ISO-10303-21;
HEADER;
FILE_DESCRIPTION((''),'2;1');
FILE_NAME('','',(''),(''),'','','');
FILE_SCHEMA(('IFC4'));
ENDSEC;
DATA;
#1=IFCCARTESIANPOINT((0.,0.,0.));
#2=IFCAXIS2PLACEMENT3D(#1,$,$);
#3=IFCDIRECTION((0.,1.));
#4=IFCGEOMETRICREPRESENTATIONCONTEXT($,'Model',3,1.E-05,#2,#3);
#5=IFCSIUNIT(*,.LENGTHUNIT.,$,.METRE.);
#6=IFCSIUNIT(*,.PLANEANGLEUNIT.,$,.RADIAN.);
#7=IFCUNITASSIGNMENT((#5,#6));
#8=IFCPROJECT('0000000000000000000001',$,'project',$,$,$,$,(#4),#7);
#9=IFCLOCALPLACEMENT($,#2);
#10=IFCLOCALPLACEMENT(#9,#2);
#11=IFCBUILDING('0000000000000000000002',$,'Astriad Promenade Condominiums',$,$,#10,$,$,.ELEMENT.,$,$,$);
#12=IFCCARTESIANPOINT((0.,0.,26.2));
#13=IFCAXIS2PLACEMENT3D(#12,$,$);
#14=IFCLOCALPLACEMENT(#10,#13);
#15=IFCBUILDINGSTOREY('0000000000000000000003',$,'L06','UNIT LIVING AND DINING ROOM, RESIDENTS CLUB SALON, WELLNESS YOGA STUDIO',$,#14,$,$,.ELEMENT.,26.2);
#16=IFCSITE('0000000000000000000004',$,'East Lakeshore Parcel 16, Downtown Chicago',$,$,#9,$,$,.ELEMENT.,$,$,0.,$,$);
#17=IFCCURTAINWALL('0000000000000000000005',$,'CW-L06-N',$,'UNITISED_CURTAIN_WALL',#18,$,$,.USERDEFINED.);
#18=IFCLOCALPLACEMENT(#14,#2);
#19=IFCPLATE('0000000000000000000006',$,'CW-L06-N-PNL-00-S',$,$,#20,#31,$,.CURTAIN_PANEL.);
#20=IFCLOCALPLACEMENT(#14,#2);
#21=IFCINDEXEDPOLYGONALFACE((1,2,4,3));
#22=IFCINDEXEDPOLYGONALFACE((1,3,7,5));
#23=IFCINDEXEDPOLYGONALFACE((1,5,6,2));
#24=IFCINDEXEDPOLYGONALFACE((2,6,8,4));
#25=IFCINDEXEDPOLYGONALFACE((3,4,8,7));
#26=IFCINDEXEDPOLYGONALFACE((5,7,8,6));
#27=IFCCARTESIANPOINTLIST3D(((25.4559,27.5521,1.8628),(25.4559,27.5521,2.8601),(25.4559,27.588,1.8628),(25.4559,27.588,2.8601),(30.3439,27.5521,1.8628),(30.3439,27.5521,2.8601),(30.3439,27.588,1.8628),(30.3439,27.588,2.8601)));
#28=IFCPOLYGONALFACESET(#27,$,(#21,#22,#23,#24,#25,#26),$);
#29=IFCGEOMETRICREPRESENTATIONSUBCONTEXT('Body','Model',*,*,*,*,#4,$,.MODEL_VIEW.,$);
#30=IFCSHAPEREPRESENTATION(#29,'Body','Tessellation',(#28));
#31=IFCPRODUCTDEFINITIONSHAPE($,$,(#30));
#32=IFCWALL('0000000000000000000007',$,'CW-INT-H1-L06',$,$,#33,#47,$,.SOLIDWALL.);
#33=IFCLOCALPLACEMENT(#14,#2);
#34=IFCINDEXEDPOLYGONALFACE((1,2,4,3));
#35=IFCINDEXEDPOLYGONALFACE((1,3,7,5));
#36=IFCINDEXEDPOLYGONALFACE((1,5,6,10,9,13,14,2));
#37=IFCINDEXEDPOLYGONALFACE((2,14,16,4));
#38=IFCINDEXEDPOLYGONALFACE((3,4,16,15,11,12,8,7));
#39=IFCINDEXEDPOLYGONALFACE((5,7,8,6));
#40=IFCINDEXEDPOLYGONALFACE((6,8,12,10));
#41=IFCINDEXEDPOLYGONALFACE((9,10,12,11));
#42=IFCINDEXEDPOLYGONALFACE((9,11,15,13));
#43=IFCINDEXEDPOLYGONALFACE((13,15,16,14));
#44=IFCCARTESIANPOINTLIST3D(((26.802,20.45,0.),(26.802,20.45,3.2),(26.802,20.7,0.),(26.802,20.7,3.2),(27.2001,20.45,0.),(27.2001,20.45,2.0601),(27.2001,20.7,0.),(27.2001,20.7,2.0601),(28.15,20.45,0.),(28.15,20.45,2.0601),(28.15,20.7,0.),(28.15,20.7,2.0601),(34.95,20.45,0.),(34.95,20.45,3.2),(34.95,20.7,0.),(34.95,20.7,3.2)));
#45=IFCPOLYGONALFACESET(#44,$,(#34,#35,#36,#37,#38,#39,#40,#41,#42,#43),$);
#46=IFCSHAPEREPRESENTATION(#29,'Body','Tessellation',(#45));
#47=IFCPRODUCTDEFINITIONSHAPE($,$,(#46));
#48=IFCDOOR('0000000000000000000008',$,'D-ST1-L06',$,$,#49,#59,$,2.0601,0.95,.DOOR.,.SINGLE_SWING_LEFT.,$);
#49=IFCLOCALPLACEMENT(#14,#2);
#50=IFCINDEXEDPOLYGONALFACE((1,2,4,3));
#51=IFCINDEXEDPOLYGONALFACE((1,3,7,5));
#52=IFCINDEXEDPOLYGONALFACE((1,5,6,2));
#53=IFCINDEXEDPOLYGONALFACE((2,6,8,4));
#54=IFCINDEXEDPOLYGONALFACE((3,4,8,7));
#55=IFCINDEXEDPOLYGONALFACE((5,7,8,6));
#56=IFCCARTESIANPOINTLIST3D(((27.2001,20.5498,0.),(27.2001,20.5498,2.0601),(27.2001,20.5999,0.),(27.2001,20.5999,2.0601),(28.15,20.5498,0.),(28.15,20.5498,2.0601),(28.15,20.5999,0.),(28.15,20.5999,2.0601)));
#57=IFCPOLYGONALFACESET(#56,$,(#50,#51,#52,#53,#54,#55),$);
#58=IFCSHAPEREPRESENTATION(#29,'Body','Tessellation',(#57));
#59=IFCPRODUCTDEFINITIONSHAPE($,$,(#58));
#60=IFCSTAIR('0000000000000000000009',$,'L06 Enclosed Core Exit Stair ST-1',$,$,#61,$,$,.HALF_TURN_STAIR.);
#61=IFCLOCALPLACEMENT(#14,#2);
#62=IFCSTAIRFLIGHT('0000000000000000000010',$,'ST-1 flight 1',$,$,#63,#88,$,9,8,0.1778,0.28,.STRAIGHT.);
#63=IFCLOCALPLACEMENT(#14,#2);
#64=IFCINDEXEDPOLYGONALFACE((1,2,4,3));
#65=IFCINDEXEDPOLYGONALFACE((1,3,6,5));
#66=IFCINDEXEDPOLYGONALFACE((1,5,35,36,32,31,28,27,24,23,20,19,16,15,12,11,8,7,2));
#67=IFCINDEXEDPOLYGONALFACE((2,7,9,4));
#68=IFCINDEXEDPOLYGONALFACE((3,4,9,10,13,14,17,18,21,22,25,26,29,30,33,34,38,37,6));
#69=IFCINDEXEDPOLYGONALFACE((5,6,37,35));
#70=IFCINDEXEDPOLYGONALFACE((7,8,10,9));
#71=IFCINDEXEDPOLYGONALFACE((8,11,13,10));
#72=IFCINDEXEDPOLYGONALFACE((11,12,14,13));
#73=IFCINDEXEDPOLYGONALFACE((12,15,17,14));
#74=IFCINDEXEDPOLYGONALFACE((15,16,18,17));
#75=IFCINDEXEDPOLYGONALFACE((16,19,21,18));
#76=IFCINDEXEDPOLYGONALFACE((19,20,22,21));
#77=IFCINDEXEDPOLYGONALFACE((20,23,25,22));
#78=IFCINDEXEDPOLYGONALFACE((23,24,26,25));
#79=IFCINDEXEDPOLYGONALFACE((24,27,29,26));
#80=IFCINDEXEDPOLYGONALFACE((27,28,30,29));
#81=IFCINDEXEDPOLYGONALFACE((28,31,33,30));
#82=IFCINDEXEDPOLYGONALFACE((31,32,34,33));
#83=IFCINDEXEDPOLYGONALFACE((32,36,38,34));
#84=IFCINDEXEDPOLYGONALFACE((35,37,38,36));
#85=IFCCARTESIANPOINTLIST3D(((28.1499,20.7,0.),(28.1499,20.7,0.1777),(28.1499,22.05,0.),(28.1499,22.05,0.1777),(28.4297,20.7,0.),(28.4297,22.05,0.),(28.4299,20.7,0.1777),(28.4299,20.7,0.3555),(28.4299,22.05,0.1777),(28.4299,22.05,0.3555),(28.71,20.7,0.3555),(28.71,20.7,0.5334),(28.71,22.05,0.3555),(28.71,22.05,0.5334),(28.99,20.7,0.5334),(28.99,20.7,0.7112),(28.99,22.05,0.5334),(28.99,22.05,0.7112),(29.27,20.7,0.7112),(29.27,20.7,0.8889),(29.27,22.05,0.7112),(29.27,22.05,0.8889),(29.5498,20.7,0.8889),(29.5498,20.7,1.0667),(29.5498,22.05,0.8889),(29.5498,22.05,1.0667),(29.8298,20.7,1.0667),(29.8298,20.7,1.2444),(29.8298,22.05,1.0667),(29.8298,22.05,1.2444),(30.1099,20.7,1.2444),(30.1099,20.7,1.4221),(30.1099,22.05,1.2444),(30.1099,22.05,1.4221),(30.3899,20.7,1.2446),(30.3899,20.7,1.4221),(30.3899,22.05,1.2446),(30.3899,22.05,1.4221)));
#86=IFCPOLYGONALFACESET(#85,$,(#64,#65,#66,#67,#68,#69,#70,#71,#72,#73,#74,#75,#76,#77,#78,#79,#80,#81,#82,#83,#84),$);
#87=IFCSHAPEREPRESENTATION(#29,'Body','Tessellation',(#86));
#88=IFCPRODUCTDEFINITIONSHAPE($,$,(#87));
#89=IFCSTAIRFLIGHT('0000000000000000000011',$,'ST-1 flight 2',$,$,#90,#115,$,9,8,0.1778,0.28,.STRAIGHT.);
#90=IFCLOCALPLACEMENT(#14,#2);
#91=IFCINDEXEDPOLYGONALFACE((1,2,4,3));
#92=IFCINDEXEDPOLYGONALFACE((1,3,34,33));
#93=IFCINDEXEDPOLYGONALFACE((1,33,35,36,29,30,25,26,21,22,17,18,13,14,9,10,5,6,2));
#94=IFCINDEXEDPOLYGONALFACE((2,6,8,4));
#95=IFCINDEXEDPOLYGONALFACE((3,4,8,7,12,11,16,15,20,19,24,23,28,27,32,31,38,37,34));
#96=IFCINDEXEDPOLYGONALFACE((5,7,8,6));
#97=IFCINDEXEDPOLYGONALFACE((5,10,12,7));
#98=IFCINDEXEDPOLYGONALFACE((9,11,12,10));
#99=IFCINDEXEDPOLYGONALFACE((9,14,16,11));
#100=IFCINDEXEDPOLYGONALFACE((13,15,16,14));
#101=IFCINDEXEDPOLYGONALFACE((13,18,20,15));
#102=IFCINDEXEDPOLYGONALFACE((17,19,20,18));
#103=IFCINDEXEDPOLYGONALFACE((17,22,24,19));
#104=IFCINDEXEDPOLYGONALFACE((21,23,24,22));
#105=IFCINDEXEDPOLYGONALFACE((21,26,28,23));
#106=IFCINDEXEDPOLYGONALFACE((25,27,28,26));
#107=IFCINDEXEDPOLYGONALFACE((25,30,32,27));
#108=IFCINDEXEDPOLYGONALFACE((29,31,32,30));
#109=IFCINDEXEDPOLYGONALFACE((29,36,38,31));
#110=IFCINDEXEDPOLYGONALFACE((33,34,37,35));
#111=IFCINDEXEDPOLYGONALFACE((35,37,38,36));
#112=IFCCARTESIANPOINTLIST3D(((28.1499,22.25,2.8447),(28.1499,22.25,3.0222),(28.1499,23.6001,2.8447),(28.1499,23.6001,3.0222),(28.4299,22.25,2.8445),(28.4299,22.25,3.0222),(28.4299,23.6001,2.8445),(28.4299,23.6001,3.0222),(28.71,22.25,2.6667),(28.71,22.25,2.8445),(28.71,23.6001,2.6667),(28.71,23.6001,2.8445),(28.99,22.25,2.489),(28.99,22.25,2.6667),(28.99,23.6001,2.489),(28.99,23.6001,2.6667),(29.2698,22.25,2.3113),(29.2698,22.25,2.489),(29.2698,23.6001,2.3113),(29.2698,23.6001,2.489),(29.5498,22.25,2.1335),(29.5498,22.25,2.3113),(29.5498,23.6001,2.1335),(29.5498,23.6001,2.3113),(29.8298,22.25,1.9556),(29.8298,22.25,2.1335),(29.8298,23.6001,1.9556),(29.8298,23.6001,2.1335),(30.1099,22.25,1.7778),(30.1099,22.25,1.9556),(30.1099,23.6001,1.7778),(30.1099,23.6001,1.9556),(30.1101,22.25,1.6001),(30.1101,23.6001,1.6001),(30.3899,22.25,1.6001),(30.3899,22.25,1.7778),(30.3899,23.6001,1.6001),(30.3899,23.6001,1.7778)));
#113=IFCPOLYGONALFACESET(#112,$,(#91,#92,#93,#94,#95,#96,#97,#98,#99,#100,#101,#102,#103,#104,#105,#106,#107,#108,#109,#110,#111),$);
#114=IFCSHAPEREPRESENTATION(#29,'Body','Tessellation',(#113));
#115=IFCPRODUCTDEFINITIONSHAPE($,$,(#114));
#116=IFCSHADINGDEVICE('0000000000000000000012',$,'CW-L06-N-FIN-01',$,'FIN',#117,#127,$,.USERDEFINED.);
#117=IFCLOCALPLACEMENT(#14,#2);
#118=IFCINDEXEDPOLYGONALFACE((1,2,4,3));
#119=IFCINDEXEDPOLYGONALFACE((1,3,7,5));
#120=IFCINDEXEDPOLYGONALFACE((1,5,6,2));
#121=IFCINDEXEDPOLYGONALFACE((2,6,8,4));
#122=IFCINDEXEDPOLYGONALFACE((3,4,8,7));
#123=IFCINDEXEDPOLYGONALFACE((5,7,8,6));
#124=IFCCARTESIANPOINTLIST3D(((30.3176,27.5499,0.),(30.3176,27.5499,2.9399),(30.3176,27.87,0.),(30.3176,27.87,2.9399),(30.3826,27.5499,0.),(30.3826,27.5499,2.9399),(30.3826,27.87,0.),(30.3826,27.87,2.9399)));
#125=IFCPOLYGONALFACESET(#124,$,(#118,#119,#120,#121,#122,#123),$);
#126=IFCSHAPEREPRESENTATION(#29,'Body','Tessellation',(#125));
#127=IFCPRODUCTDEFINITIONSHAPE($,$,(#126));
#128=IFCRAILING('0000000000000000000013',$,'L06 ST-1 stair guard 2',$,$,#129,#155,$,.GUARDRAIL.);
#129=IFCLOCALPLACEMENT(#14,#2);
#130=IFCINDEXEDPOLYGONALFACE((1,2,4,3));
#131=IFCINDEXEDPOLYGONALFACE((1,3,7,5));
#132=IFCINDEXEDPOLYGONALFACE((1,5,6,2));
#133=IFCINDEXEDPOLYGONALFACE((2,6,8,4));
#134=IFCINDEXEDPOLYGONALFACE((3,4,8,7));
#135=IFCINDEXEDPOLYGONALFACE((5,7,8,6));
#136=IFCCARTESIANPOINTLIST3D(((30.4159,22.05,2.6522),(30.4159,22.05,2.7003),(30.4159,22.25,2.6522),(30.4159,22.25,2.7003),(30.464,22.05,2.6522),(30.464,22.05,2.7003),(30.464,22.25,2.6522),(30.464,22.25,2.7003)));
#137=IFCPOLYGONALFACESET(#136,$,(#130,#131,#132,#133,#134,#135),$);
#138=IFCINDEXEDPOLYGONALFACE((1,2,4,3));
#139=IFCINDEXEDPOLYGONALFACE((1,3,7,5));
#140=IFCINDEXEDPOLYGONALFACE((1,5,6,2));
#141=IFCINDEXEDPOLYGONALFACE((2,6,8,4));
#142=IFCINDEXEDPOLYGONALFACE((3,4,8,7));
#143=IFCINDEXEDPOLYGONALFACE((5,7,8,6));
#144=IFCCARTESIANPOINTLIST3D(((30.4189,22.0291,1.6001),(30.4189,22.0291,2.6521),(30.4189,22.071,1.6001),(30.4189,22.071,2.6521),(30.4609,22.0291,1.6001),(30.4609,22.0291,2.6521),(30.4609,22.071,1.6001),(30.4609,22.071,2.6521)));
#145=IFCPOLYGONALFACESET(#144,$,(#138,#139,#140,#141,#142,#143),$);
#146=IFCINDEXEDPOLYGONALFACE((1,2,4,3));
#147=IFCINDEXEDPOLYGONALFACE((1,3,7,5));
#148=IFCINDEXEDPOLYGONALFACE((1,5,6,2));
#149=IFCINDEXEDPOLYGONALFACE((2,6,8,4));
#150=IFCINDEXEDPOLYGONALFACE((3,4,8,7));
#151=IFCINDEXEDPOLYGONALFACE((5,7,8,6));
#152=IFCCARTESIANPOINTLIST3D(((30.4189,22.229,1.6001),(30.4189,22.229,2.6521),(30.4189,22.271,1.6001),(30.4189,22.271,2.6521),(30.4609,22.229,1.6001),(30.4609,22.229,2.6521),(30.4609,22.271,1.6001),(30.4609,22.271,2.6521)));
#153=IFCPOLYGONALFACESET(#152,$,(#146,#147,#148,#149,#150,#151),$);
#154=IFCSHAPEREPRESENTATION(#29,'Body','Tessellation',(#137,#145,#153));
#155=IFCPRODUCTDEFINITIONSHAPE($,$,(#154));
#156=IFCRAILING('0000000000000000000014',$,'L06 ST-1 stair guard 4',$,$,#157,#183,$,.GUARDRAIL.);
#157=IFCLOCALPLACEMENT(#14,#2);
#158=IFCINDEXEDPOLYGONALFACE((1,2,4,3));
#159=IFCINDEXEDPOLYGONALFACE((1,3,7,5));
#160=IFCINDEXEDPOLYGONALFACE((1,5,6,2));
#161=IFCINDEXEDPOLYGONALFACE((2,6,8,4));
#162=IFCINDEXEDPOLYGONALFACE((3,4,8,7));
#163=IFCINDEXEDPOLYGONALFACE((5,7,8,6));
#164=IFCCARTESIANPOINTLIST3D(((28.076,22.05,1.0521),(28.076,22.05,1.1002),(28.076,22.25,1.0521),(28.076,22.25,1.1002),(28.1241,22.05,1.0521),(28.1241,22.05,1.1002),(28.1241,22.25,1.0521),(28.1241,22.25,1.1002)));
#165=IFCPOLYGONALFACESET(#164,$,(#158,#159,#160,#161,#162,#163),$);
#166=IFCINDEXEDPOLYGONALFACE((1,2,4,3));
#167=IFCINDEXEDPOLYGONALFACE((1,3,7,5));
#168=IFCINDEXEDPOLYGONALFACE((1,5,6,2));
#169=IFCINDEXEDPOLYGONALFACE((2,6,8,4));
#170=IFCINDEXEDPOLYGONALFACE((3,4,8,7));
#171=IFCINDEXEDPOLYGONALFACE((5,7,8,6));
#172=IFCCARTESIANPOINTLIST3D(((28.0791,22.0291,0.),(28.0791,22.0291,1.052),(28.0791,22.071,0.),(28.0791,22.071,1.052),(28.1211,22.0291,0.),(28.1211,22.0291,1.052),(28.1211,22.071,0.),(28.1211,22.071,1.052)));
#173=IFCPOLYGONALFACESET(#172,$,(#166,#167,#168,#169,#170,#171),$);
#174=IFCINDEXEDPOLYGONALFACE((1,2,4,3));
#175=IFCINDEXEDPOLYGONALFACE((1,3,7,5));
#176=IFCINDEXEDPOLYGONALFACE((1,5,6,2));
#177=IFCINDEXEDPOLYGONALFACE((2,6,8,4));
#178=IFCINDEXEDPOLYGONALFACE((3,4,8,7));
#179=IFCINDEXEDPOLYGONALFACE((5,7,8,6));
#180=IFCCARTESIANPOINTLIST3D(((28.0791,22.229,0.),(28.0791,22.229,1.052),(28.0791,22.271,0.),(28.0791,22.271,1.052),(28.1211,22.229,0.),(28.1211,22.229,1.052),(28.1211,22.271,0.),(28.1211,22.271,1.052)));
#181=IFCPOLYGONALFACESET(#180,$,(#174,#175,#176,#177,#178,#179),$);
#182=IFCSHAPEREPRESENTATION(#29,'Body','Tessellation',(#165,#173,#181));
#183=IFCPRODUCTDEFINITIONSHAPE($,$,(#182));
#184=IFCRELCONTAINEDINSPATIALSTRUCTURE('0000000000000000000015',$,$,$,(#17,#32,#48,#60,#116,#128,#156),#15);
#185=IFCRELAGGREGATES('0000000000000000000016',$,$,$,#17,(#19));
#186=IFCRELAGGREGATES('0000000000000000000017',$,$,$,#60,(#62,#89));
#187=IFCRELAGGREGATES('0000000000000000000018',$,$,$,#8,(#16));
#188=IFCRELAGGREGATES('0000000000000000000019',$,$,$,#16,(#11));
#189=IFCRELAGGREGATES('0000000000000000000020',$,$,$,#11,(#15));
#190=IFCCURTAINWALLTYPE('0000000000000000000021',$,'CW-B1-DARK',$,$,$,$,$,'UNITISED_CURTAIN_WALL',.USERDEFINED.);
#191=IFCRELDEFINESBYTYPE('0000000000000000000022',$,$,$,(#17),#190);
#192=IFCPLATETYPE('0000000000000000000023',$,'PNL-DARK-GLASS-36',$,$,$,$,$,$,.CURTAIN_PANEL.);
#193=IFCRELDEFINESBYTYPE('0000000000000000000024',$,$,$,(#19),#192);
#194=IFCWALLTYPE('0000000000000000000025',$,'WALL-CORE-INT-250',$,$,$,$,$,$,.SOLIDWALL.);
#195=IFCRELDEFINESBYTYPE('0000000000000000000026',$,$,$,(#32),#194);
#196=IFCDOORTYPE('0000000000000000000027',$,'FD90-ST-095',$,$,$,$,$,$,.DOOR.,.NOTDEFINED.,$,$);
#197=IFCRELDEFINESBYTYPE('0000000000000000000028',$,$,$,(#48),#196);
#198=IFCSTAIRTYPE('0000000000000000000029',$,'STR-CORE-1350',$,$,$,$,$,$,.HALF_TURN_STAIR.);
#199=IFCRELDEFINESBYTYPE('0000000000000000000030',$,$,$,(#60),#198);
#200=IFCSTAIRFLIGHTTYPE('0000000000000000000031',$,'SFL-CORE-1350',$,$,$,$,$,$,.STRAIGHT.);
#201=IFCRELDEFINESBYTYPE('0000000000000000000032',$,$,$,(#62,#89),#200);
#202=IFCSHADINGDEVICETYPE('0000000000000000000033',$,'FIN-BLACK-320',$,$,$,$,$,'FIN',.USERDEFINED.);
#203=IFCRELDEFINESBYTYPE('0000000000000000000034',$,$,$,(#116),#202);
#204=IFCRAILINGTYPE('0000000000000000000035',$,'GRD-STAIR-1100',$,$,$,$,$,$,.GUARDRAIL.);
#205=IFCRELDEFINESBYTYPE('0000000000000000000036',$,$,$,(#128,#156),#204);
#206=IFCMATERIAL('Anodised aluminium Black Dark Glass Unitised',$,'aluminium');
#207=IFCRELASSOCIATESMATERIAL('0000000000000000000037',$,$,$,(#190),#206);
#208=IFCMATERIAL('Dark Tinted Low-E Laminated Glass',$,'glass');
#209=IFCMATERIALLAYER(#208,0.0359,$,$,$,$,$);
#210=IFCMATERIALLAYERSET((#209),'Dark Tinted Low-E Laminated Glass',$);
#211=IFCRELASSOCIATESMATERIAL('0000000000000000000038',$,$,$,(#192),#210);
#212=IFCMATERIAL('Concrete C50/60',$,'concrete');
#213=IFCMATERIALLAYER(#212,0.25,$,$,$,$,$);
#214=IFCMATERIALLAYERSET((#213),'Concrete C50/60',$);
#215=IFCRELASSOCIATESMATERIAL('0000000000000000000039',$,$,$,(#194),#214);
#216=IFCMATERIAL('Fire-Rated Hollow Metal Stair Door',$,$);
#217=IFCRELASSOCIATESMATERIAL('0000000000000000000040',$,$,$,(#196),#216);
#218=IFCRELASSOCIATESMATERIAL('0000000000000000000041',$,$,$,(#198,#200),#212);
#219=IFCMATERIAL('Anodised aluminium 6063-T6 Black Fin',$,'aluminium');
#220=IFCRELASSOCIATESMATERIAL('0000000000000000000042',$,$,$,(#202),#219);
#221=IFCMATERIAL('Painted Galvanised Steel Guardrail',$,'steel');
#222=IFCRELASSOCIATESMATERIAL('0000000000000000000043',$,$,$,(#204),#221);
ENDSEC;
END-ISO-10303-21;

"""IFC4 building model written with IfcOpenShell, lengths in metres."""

from ifc_helpers import new_model, si_unit, direction, frame, frame_2d, origin, origin_2d, place, context, subcontext, project, spatial, polyline, rectangle, outline, extrude, source, transform, mapped, material, layer, layer_set, type_object, type_shapes, element, fill, aggregate, save


model = new_model("IFC4")

# Units and contexts
model_context = context("Model", 3, precision=1e-05, world=origin(), true_north=direction((0.0, 1.0)))
body_context = subcontext(model_context, "Body", "Model", "MODEL_VIEW")
ifc_project = project(units=[si_unit("LENGTHUNIT", "METRE"), si_unit("PLANEANGLEUNIT", "RADIAN")], contexts=[model_context])

# Site, building, storey
site_placement = place(None, origin())
site = spatial("IfcSite", under=ifc_project, at=site_placement, Name="East Lakeshore Parcel 16, Downtown Chicago", CompositionType="ELEMENT", RefElevation=0.0)
building_placement = place(site_placement, origin())
building = spatial("IfcBuilding", under=site, at=building_placement, Name="Astriad Promenade Condominiums", CompositionType="ELEMENT")
storey_placement = place(building_placement, frame((0.0, 0.0, 26.2)))
storey = spatial("IfcBuildingStorey", under=building, at=storey_placement, Name="L06", Description="UNIT LIVING AND DINING ROOM, RESIDENTS CLUB SALON, WELLNESS YOGA STUDIO", CompositionType="ELEMENT", Elevation=26.2)

# Curtain wall, plate
ifc_material_1 = material(Name="Anodised aluminium Black Dark Glass Unitised", Category="aluminium")
curtain_wall_type = type_object("IfcCurtainWallType", Name="CW-B1-DARK", ElementType="UNITISED_CURTAIN_WALL", PredefinedType="USERDEFINED", material=ifc_material_1)
curtain_wall_placement = place(storey_placement, origin())
curtain_wall = element("IfcCurtainWall", 1, at=curtain_wall_placement, inside=storey, type_object=curtain_wall_type, Name="CW-L06-N", ObjectType="UNITISED_CURTAIN_WALL", PredefinedType="USERDEFINED")
ifc_material_2 = material(Name="Dark Tinted Low-E Laminated Glass", Category="glass")
ifc_layer_1 = layer(ifc_material_2, 0.0359)
ifc_layer_set_1 = layer_set([ifc_layer_1], Name="Dark Tinted Low-E Laminated Glass")
plate_type = type_object("IfcPlateType", Name="PNL-DARK-GLASS-36", PredefinedType="CURTAIN_PANEL", material=ifc_layer_set_1)
shared_shape_1 = source(origin(), body_context, "Body", "SweptSolid", [
    extrude(rectangle(XDim=4.8879, YDim=0.0359, at=origin_2d()), origin(), (0.0, 0.0, 1.0), 0.9973),
])
plate_1_placement = place(storey_placement, frame((27.8999, 27.5701, 1.8628), z_axis=(0.0, 0.0, 1.0), x_axis=(1.0, 0.0, 0.0)))
plate_1 = element("IfcPlate", 2, at=plate_1_placement, type_object=plate_type, Name="CW-L06-N-PNL-00-S", PredefinedType="CURTAIN_PANEL", context=body_context, shape_type="MappedRepresentation", body=[
    mapped(shared_shape_1, transform((0.0, 0.0, 0.0), scale=1.0)),
])
aggregate(curtain_wall, [plate_1])

# Wall, opening, door
ifc_material_3 = material(Name="Concrete C50/60", Category="concrete")
ifc_layer_2 = layer(ifc_material_3, 0.25)
ifc_layer_set_2 = layer_set([ifc_layer_2], Name="Concrete C50/60")
wall_type = type_object("IfcWallType", Name="WALL-CORE-INT-250", PredefinedType="SOLIDWALL", material=ifc_layer_set_2)
wall_placement = place(storey_placement, frame((26.802, 20.575, 0.0), z_axis=(0.0, 0.0, 1.0), x_axis=(1.0, 0.0, 0.0)))
wall = element("IfcWall", 3, at=wall_placement, inside=storey, type_object=wall_type, Name="CW-INT-H1-L06", PredefinedType="SOLIDWALL", context=body_context, shape_type="SweptSolid", body=[
    extrude(rectangle(XDim=8.1479, YDim=0.25, at=frame_2d((4.074, 0.0))), origin(), (0.0, 0.0, 1.0), 3.2),
])
opening_placement = place(wall_placement, frame((0.3979, 0.0, 0.0)))
opening = element("IfcOpeningElement", 4, at=opening_placement, cuts=wall, PredefinedType="OPENING", context=body_context, shape_type="SweptSolid", body=[
    extrude(rectangle(XDim=0.95, YDim=2.0601, at=frame_2d((0.4751, 1.03))), frame((0.0, 0.135, 0.0), z_axis=(0.0, -1.0, 0.0), x_axis=(1.0, 0.0, 0.0)), (0.0, 0.0, 1.0), 0.27),
])
ifc_material_4 = material(Name="Fire-Rated Hollow Metal Stair Door")
door_type = type_object("IfcDoorType", Name="FD90-ST-095", OperationType="NOTDEFINED", PredefinedType="DOOR", material=ifc_material_4)
shared_shape_2 = source(origin(), body_context, "Body", "SweptSolid", [
    extrude(rectangle(XDim=0.95, YDim=2.0601, at=frame_2d((0.4751, 1.03))), frame((0.0, 0.0249, 0.0), z_axis=(0.0, -1.0, 0.0), x_axis=(1.0, 0.0, 0.0)), (0.0, 0.0, 1.0), 0.05),
])
type_shapes(door_type, [shared_shape_2])
door_placement = place(opening_placement, origin())
door = element("IfcDoor", 5, at=door_placement, inside=storey, type_object=door_type, Name="D-ST1-L06", OperationType="SINGLE_SWING_LEFT", OverallHeight=2.0601, OverallWidth=0.95, PredefinedType="DOOR", context=body_context, shape_type="MappedRepresentation", body=[
    mapped(shared_shape_2, transform((0.0, 0.0, 0.0), scale=1.0)),
])
fill(opening, door)

# Stair, stair flights
stair_type = type_object("IfcStairType", Name="STR-CORE-1350", PredefinedType="HALF_TURN_STAIR", material=ifc_material_3)
stair_placement = place(storey_placement, origin())
stair = element("IfcStair", 6, at=stair_placement, inside=storey, type_object=stair_type, Name="L06 Enclosed Core Exit Stair ST-1", PredefinedType="HALF_TURN_STAIR")
stair_flight_type = type_object("IfcStairFlightType", Name="SFL-CORE-1350", PredefinedType="STRAIGHT", material=ifc_material_3)
shared_shape_3 = source(origin(), body_context, "Body", "SweptSolid", [
    extrude(outline(polyline([(0.0, 0.0), (0.0, 0.1777), (0.28, 0.1777), (0.28, 0.3555), (0.5601, 0.3555), (0.5601, 0.5334), (0.8401, 0.5334), (0.8401, 0.7112), (1.1201, 0.7112), (1.1201, 0.8889), (1.3999, 0.8889), (1.3999, 1.0667), (1.6799, 1.0667), (1.6799, 1.2444), (1.96, 1.2444), (1.96, 1.4221), (2.24, 1.4221), (2.24, 1.6001), (2.24, 1.2446), (0.2798, 0.0), (0.0, 0.0)])), frame((0.0, 0.675, 0.0), z_axis=(0.0, -1.0, 0.0), x_axis=(1.0, 0.0, 0.0)), (0.0, 0.0, 1.0), 1.3501),
])
type_shapes(stair_flight_type, [shared_shape_3])
stair_flight_1_placement = place(storey_placement, frame((28.1499, 21.375, 0.0), z_axis=(0.0, 0.0, 1.0), x_axis=(1.0, 0.0, 0.0)))
stair_flight_1 = element("IfcStairFlight", 7, at=stair_flight_1_placement, type_object=stair_flight_type, Name="ST-1 flight 1", NumberOfRisers=9, NumberOfTreads=8, PredefinedType="STRAIGHT", RiserHeight=0.1778, TreadLength=0.28, context=body_context, shape_type="MappedRepresentation", body=[
    mapped(shared_shape_3, transform((0.0, 0.0, 0.0), scale=1.0)),
])
stair_flight_2_placement = place(storey_placement, frame((30.3899, 22.925, 1.6001), z_axis=(0.0, 0.0, 1.0), x_axis=(-1.0, 0.0, 0.0)))
stair_flight_2 = element("IfcStairFlight", 8, at=stair_flight_2_placement, type_object=stair_flight_type, Name="ST-1 flight 2", NumberOfRisers=9, NumberOfTreads=8, PredefinedType="STRAIGHT", RiserHeight=0.1778, TreadLength=0.28, context=body_context, shape_type="MappedRepresentation", body=[
    mapped(shared_shape_3, transform((0.0, 0.0, 0.0), scale=1.0)),
])
aggregate(stair, [stair_flight_1, stair_flight_2])

# Shading device
ifc_material_5 = material(Name="Anodised aluminium 6063-T6 Black Fin", Category="aluminium")
shading_device_type = type_object("IfcShadingDeviceType", Name="FIN-BLACK-320", ElementType="FIN", PredefinedType="USERDEFINED", material=ifc_material_5)
shared_shape_4 = source(origin(), body_context, "Body", "SweptSolid", [
    extrude(rectangle(XDim=0.0649, YDim=0.3201, at=origin_2d()), origin(), (0.0, 0.0, 1.0), 2.9399),
])
type_shapes(shading_device_type, [shared_shape_4])
shading_device_placement = place(storey_placement, frame((30.3501, 27.71, 0.0), z_axis=(0.0, 0.0, 1.0), x_axis=(1.0, 0.0, 0.0)))
element("IfcShadingDevice", 9, at=shading_device_placement, inside=storey, type_object=shading_device_type, Name="CW-L06-N-FIN-01", ObjectType="FIN", PredefinedType="USERDEFINED", context=body_context, shape_type="MappedRepresentation", body=[
    mapped(shared_shape_4, transform((0.0, 0.0, 0.0), scale=1.0)),
])

# Railings
ifc_material_6 = material(Name="Painted Galvanised Steel Guardrail", Category="steel")
railing_type_1 = type_object("IfcRailingType", Name="GRD-STAIR-1100", PredefinedType="GUARDRAIL", material=ifc_material_6)
shared_shape_5 = source(origin(), body_context, "Body", "SweptSolid", [
    extrude(rectangle(XDim=0.0481, YDim=0.0481, at=origin_2d()), frame((0.0, 0.0, 1.0762), z_axis=(0.0, 1.0, 0.0), x_axis=(-1.0, 0.0, 0.0)), (0.0, 0.0, 1.0), 0.2),
    extrude(rectangle(XDim=0.042, YDim=0.042, at=origin_2d()), origin(), (0.0, 0.0, 1.0), 1.052),
    extrude(rectangle(XDim=0.042, YDim=0.042, at=origin_2d()), frame((0.0, 0.2, 0.0)), (0.0, 0.0, 1.0), 1.052),
])
for number, where, name in (
    (10, (30.4399, 22.05, 1.6001), "L06 ST-1 stair guard 2"),
    (11, (28.1001, 22.05, 0.0), "L06 ST-1 stair guard 4"),
):
    element("IfcRailing", number, at=place(storey_placement, frame(where)), inside=storey, type_object=railing_type_1, Name=name, PredefinedType="GUARDRAIL", context=body_context, shape_type="MappedRepresentation", body=[
        mapped(shared_shape_5, transform((0.0, 0.0, 0.0), scale=1.0)),
    ])

save(model, "model.ifc")
